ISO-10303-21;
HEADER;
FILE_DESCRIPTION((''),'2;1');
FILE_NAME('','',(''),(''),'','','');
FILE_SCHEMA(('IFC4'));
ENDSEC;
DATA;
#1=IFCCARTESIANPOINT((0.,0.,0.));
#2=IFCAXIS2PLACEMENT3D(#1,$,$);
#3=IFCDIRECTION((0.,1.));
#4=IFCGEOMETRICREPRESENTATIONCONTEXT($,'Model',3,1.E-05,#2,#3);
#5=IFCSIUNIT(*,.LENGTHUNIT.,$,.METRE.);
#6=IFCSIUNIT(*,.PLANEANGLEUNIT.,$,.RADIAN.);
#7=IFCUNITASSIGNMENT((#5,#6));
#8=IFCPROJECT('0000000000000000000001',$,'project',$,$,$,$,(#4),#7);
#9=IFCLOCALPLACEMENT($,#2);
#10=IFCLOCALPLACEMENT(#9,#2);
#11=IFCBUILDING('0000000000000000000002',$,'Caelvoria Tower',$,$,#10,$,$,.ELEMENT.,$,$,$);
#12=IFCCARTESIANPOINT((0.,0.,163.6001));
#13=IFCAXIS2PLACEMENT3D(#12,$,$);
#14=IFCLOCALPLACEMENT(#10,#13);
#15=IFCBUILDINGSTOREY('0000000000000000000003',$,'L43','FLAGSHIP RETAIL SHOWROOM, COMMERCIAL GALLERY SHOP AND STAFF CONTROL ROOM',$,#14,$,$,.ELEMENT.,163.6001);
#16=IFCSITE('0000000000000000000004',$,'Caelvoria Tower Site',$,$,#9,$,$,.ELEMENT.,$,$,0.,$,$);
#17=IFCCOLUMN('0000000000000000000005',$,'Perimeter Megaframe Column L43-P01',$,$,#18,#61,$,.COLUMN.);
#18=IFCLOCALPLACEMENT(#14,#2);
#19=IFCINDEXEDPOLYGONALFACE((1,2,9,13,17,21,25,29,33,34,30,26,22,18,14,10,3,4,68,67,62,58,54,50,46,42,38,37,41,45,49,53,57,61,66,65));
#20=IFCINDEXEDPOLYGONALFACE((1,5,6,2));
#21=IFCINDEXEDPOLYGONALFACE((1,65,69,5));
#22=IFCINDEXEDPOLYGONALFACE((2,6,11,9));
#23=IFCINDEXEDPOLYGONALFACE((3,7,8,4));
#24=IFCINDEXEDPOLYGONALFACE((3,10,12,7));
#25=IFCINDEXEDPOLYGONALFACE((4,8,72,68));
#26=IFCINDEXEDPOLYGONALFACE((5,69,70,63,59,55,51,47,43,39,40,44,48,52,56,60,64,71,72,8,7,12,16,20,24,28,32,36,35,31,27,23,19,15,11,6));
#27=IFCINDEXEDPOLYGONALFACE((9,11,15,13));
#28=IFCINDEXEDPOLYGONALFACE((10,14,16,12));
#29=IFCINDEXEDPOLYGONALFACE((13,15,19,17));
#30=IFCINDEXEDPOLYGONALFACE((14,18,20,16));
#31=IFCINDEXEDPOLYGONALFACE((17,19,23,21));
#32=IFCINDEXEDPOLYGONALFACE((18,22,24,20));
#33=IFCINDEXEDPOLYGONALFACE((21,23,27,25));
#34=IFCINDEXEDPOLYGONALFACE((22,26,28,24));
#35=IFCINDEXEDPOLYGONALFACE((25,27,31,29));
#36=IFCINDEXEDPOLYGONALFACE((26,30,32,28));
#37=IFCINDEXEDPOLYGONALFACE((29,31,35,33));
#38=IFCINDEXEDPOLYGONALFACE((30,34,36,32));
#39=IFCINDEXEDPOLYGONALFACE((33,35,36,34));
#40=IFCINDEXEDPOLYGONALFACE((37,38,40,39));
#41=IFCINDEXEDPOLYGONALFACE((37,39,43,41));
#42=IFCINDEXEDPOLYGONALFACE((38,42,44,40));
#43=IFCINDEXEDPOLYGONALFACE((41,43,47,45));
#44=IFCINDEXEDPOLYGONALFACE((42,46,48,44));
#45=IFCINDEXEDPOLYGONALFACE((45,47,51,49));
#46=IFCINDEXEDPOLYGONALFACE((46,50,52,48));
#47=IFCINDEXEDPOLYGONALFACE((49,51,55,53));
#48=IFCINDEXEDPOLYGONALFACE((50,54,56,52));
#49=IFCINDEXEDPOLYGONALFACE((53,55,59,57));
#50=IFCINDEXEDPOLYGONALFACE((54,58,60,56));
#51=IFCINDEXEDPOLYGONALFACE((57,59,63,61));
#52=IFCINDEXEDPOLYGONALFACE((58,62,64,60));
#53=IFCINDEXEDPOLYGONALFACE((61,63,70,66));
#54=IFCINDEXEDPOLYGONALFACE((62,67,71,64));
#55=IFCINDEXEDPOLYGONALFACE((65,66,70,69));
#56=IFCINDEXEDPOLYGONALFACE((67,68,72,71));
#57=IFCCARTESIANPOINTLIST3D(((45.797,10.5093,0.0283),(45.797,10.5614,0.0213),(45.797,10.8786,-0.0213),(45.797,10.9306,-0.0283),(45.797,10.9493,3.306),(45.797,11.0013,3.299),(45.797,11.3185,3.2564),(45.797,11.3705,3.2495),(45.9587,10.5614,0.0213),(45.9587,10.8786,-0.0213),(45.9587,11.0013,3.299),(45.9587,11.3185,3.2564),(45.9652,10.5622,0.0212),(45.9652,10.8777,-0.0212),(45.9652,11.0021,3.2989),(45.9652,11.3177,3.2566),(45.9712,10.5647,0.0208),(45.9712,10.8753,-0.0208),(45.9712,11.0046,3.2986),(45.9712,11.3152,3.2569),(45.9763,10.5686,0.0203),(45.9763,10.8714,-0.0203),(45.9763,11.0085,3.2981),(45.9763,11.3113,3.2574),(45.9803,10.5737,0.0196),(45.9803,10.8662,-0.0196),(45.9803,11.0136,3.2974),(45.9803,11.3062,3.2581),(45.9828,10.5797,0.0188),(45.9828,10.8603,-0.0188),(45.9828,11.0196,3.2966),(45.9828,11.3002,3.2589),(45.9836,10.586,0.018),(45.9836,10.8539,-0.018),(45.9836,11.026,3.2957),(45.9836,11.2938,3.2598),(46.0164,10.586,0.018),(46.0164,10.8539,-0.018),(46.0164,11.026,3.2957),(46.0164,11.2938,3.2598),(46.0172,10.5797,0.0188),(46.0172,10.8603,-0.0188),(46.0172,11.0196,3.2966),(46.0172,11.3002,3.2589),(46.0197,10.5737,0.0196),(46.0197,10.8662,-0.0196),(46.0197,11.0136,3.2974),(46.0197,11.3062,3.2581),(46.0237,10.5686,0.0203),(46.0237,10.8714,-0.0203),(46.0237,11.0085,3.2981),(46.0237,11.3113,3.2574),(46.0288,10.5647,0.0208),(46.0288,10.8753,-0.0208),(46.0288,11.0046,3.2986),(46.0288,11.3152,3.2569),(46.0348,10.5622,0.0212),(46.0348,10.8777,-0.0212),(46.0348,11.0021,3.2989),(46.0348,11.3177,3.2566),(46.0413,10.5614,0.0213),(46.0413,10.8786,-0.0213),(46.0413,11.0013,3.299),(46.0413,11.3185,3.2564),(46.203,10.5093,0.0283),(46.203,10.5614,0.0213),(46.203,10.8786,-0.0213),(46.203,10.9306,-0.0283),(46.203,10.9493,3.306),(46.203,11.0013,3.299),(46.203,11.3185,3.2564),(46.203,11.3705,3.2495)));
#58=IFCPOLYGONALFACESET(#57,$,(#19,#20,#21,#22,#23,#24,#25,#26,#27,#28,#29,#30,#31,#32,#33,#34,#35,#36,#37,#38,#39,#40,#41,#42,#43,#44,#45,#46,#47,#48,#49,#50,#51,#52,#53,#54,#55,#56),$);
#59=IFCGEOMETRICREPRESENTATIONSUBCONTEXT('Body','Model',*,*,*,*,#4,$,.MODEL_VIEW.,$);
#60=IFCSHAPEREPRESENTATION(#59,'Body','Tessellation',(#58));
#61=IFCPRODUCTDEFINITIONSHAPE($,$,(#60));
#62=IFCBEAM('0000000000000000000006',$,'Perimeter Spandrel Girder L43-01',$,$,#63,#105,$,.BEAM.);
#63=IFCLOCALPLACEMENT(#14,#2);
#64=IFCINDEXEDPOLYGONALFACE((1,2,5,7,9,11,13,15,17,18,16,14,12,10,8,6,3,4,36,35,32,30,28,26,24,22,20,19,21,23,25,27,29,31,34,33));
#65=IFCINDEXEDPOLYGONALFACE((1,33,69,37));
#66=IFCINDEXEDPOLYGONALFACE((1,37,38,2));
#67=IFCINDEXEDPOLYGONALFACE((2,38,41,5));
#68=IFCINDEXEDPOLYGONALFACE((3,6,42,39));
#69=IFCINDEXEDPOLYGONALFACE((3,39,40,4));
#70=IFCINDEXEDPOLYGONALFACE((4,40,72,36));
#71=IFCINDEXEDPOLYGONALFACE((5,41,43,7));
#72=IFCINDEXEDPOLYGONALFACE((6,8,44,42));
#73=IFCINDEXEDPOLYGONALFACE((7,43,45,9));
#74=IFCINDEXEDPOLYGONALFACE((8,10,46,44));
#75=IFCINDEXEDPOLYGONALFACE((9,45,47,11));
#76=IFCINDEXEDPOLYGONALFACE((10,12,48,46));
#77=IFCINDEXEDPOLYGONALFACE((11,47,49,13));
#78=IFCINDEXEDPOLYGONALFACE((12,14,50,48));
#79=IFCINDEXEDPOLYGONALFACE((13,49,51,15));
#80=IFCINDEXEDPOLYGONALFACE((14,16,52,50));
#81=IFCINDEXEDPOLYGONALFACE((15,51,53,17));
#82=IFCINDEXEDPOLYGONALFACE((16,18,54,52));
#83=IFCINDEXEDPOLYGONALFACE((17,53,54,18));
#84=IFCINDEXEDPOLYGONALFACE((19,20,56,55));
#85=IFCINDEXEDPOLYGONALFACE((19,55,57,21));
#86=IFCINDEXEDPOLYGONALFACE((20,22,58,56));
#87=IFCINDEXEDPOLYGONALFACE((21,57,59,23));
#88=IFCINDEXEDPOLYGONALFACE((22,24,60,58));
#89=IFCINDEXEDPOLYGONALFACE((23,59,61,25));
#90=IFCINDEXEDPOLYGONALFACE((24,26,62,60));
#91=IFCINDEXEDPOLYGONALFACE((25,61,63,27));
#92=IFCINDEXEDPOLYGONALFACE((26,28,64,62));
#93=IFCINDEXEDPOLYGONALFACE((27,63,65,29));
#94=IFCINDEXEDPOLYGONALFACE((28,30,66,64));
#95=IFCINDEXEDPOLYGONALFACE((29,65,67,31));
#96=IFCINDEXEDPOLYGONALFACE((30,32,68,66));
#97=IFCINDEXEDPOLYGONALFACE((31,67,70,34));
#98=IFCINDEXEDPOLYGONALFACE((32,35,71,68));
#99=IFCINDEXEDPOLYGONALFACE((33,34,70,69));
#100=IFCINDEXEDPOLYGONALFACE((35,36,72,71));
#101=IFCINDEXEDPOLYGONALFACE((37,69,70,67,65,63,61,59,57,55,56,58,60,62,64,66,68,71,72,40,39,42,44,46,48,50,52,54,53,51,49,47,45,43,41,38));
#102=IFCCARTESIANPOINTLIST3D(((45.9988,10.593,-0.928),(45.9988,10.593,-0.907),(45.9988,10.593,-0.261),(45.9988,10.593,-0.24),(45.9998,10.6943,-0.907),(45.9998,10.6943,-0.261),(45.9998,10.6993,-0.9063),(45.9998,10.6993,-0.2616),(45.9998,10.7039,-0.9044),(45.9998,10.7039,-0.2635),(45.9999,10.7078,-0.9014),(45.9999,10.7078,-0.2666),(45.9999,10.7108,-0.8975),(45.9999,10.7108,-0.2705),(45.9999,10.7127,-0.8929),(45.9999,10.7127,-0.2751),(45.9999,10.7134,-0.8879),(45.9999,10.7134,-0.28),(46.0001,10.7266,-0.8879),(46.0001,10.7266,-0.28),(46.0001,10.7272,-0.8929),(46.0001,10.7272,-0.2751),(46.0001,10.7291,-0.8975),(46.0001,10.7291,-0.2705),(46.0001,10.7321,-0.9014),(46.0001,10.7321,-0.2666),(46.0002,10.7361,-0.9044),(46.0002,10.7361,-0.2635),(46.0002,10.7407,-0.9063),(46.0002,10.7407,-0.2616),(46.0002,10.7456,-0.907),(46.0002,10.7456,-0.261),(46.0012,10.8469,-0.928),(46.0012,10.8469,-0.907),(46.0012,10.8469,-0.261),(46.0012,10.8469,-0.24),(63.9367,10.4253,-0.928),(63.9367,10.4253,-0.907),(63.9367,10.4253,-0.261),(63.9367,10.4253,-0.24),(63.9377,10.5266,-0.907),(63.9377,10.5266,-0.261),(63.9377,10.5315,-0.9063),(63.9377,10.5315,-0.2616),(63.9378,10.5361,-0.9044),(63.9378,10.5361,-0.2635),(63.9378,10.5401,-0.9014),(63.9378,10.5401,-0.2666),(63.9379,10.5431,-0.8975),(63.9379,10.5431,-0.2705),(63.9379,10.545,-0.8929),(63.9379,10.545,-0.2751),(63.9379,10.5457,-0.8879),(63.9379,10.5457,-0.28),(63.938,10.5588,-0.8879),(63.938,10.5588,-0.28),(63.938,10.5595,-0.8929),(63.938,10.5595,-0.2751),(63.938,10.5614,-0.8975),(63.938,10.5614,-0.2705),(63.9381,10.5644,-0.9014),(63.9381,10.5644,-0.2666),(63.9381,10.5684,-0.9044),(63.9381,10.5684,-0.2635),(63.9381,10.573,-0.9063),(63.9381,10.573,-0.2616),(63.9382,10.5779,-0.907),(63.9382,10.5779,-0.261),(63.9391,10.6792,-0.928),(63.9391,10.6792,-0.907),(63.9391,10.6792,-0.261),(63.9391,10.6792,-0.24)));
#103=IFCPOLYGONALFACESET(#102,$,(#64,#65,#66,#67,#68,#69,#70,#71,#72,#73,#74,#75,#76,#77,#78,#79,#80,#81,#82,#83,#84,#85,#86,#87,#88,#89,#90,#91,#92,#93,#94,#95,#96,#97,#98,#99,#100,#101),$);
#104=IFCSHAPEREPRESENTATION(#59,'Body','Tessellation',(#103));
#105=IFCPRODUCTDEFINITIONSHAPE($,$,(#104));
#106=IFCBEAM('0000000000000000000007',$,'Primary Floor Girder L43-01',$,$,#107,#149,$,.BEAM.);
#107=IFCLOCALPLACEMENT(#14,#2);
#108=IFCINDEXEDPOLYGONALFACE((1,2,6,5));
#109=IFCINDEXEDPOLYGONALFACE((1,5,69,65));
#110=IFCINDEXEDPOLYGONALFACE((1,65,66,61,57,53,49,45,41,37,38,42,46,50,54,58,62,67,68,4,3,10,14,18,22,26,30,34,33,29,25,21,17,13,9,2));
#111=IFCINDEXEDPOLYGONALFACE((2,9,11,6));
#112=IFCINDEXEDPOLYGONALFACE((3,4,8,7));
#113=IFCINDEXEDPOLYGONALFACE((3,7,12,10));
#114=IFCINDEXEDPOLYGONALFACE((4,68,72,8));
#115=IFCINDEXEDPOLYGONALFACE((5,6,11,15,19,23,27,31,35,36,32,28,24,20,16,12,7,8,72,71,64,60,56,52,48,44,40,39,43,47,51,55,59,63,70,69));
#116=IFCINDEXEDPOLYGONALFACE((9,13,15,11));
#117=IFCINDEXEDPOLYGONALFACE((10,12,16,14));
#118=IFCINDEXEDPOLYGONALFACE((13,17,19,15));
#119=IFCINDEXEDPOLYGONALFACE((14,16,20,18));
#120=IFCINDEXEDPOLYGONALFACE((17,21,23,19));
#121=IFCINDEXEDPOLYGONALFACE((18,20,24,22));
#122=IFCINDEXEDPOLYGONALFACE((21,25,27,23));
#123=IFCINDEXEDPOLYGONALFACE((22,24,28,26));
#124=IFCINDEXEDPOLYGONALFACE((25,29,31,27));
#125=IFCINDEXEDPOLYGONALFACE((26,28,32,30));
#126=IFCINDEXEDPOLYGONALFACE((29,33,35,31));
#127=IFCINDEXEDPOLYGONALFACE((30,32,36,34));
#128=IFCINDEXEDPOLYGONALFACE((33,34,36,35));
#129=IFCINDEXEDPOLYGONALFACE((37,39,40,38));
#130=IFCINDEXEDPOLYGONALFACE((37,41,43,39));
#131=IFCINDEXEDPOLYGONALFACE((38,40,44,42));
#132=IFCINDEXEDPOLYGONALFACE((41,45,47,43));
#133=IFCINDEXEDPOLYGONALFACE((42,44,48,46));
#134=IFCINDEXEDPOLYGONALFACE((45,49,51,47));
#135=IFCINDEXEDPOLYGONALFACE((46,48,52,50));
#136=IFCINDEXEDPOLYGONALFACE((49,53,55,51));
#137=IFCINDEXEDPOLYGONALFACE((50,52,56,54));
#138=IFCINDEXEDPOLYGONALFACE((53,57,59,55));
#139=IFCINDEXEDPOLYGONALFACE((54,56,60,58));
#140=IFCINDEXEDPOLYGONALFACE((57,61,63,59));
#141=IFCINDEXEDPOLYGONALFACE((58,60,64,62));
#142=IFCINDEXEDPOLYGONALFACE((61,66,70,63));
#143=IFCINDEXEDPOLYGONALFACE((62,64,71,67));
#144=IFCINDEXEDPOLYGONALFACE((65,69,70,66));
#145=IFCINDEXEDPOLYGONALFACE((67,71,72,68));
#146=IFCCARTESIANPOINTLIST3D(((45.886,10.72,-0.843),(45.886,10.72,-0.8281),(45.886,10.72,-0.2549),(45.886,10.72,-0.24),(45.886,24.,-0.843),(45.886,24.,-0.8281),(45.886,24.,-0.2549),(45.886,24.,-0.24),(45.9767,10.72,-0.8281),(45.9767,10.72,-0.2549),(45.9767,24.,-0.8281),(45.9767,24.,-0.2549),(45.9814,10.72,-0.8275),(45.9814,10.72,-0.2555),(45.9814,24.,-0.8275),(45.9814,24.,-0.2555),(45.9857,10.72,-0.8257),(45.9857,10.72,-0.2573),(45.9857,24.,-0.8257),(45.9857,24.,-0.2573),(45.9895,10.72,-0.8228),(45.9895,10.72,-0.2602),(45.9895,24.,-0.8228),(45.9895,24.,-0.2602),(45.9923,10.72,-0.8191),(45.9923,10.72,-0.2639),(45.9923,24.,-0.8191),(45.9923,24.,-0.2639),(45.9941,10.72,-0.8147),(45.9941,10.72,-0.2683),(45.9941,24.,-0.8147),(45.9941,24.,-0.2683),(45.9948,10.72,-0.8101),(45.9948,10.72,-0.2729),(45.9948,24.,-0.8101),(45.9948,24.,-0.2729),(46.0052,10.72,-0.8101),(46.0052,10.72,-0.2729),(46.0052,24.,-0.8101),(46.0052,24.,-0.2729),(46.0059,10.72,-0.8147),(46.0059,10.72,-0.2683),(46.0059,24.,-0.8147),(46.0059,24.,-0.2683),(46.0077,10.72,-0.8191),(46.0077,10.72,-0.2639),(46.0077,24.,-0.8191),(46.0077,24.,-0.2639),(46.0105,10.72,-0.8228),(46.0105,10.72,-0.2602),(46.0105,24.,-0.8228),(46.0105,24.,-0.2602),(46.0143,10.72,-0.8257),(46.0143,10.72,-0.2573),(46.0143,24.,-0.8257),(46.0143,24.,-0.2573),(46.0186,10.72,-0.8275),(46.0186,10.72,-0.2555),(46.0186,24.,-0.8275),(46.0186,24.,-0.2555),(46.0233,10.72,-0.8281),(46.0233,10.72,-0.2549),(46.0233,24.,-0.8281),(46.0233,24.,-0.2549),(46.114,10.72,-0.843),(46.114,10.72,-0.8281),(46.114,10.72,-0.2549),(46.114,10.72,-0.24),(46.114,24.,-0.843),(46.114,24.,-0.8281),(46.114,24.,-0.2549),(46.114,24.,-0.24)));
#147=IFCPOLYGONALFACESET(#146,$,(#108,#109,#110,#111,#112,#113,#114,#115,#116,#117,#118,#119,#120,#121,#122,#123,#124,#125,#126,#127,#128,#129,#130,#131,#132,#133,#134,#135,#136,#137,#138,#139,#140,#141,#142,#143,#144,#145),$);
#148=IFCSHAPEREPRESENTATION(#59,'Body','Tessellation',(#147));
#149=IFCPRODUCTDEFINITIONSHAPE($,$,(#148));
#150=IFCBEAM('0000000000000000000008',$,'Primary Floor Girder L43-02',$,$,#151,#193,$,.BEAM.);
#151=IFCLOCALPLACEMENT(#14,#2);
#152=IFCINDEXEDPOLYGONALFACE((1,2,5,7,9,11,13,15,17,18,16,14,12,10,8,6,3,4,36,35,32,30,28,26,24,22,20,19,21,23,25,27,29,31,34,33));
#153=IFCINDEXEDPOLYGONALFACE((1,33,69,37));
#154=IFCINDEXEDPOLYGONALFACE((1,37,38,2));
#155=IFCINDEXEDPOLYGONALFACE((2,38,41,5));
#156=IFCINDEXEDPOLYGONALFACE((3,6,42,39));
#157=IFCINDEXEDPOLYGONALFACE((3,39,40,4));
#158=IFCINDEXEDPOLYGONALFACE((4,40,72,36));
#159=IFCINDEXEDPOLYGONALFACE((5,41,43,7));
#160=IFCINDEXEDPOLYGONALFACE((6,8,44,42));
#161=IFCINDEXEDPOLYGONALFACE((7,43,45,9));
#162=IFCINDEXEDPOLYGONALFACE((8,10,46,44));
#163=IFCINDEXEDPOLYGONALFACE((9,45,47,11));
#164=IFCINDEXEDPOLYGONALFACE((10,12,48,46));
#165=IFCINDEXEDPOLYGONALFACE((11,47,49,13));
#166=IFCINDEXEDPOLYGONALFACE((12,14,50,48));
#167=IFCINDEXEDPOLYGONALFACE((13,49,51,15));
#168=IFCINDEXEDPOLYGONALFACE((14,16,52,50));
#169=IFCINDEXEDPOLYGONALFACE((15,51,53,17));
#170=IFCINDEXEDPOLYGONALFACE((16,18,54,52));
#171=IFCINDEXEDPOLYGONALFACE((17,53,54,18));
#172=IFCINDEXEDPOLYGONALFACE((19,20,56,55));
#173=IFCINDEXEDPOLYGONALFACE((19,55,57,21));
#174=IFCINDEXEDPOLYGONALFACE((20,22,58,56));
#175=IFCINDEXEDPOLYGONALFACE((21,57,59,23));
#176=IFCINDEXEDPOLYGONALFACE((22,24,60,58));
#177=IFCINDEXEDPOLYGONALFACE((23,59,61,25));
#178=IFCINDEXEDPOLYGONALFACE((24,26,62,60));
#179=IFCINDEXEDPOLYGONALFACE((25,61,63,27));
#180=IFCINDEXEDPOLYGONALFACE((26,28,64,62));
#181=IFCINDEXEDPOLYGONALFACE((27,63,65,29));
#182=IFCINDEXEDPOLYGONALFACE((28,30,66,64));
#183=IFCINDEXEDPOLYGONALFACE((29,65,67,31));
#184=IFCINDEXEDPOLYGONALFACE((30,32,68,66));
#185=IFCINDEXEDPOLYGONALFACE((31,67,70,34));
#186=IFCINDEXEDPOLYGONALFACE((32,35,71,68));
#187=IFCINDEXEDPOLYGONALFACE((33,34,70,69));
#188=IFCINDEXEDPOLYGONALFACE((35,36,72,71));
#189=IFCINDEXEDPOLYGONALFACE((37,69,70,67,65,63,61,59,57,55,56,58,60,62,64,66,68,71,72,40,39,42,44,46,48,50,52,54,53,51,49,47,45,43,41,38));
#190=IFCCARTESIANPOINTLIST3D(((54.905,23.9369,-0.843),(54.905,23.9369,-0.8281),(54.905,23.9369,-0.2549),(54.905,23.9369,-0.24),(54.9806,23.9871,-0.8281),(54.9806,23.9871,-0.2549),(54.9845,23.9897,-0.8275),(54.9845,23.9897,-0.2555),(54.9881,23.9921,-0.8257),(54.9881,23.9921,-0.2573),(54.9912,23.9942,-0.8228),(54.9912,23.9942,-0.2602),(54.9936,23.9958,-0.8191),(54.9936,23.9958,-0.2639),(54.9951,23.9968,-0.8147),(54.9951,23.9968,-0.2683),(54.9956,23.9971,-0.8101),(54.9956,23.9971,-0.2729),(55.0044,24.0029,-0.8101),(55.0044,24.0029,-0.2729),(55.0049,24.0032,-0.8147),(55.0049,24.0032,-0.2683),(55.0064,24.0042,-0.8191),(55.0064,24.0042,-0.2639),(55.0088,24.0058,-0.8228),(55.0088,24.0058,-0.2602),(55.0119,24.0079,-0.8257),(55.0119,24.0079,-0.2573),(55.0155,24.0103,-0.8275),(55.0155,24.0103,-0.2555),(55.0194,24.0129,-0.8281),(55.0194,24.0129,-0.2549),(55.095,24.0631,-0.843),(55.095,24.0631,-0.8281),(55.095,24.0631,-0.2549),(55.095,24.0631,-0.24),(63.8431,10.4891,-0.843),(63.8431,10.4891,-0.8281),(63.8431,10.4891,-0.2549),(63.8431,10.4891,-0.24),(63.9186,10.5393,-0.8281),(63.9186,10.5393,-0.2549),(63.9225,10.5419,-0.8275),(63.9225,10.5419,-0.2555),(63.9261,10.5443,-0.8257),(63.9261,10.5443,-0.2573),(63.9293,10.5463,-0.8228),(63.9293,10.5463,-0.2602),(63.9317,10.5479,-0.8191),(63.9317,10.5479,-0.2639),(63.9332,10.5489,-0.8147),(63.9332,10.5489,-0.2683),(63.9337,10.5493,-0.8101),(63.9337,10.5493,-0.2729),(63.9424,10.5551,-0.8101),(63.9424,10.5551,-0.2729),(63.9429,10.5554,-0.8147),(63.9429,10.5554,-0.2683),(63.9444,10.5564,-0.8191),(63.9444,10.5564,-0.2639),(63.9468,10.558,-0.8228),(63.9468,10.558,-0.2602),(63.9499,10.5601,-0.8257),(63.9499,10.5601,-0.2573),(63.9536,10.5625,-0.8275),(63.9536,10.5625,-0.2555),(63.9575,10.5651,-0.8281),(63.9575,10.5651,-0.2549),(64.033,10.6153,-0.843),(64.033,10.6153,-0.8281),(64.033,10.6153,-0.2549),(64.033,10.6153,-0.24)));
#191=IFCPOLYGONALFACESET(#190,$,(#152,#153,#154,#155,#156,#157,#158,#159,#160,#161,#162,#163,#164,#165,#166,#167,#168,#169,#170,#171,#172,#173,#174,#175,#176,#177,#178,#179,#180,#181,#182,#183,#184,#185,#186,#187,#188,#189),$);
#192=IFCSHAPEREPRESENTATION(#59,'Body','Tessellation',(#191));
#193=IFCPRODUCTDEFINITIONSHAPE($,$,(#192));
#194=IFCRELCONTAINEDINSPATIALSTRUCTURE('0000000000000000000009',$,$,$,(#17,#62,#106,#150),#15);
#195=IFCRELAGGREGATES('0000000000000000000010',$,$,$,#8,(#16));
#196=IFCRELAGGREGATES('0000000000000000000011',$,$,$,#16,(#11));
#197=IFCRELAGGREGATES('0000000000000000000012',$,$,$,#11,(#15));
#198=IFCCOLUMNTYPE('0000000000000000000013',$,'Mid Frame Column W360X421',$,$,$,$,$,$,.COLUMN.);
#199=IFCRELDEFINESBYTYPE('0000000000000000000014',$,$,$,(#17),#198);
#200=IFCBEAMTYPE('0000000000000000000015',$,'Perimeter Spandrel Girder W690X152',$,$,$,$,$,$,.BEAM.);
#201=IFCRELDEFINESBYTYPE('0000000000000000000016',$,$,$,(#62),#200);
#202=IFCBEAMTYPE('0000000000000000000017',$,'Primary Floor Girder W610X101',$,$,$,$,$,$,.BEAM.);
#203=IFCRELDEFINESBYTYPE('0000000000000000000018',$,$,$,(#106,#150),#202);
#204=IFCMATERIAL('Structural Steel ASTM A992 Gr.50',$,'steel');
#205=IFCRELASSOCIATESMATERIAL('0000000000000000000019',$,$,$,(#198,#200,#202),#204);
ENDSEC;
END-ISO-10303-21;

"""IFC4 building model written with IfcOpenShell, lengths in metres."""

from ifc_helpers import new_model, si_unit, direction, frame, origin, origin_2d, place, context, subcontext, project, spatial, i_section, extrude, material, material_profile, profile_set, type_object, element, save


model = new_model("IFC4")

# Units and contexts
model_context = context("Model", 3, precision=1e-05, world=origin(), true_north=direction((0.0, 1.0)))
body_context = subcontext(model_context, "Body", "Model", "MODEL_VIEW")
ifc_project = project(units=[si_unit("LENGTHUNIT", "METRE"), si_unit("PLANEANGLEUNIT", "RADIAN")], contexts=[model_context])

# Site, building, storey
site_placement = place(None, origin())
site = spatial("IfcSite", under=ifc_project, at=site_placement, Name="Caelvoria Tower Site", CompositionType="ELEMENT", RefElevation=0.0)
building_placement = place(site_placement, origin())
building = spatial("IfcBuilding", under=site, at=building_placement, Name="Caelvoria Tower", CompositionType="ELEMENT")
storey_placement = place(building_placement, frame((0.0, 0.0, 163.6001)))
storey = spatial("IfcBuildingStorey", under=building, at=storey_placement, Name="L43", Description="FLAGSHIP RETAIL SHOWROOM, COMMERCIAL GALLERY SHOP AND STAFF CONTROL ROOM", CompositionType="ELEMENT", Elevation=163.6001)

# Column
ifc_material_1 = material(Name="Structural Steel ASTM A992 Gr.50", Category="steel")
ifc_material_profile_1 = material_profile(ifc_material_1, i_section(OverallWidth=0.406, OverallDepth=0.425, WebThickness=0.0327, FlangeThickness=0.0525, FilletRadius=0.0249, at=origin_2d()), Name="Structural Steel ASTM A992 Gr.50")
ifc_profile_set_1 = profile_set([ifc_material_profile_1], Name="W360X421 - Structural Steel ASTM A992 Gr.50")
column_type = type_object("IfcColumnType", Name="Mid Frame Column W360X421", PredefinedType="COLUMN", material=ifc_profile_set_1)
column_placement = place(storey_placement, frame((46.0, 10.72, 0.0), z_axis=(0.0, 0.133024, 0.991113), x_axis=(-1.0, 0.0, 0.0)))
element("IfcColumn", 1, at=column_placement, inside=storey, type_object=column_type, Name="Perimeter Megaframe Column L43-P01", PredefinedType="COLUMN", context=body_context, shape_type="SweptSolid", body=[
    extrude(i_section(OverallWidth=0.406, OverallDepth=0.425, WebThickness=0.0327, FlangeThickness=0.0525, FilletRadius=0.0249, at=origin_2d()), origin(), (0.0, 0.0, 1.0), 3.3071),
])

# Beams
ifc_material_profile_2 = material_profile(ifc_material_1, i_section(OverallWidth=0.2539, OverallDepth=0.688, WebThickness=0.0132, FlangeThickness=0.021, FilletRadius=0.019, at=origin_2d()), Name="Structural Steel ASTM A992 Gr.50")
ifc_profile_set_2 = profile_set([ifc_material_profile_2], Name="W690X152 - Structural Steel ASTM A992 Gr.50")
beam_type_1 = type_object("IfcBeamType", Name="Perimeter Spandrel Girder W690X152", PredefinedType="BEAM", material=ifc_profile_set_2)
beam_1_placement = place(storey_placement, frame((46.0, 10.72, -0.584), z_axis=(0.999956, -0.00935, 0.0), x_axis=(0.00935, 0.999956, 0.0)))
element("IfcBeam", 2, at=beam_1_placement, inside=storey, type_object=beam_type_1, Name="Perimeter Spandrel Girder L43-01", PredefinedType="BEAM", context=body_context, shape_type="SweptSolid", body=[
    extrude(i_section(OverallWidth=0.2539, OverallDepth=0.688, WebThickness=0.0132, FlangeThickness=0.021, FilletRadius=0.019, at=origin_2d()), origin(), (0.0, 0.0, 1.0), 17.9387),
])
ifc_material_profile_3 = material_profile(ifc_material_1, i_section(OverallWidth=0.228, OverallDepth=0.603, WebThickness=0.0105, FlangeThickness=0.0149, FilletRadius=0.0181, at=origin_2d()), Name="Structural Steel ASTM A992 Gr.50")
ifc_profile_set_3 = profile_set([ifc_material_profile_3], Name="W610X101 - Structural Steel ASTM A992 Gr.50")
beam_type_2 = type_object("IfcBeamType", Name="Primary Floor Girder W610X101", PredefinedType="BEAM", material=ifc_profile_set_3)
beam_2_placement = place(storey_placement, frame((46.0, 24.0, -0.5415), z_axis=(0.0, -1.0, 0.0), x_axis=(1.0, 0.0, 0.0)))
element("IfcBeam", 3, at=beam_2_placement, inside=storey, type_object=beam_type_2, Name="Primary Floor Girder L43-01", PredefinedType="BEAM", context=body_context, shape_type="SweptSolid", body=[
    extrude(i_section(OverallWidth=0.228, OverallDepth=0.603, WebThickness=0.0105, FlangeThickness=0.0149, FilletRadius=0.0181, at=origin_2d()), origin(), (0.0, 0.0, 1.0), 13.28),
])
beam_3_placement = place(storey_placement, frame((55.0, 24.0, -0.5415), z_axis=(0.553534, -0.832826, 0.0), x_axis=(0.832826, 0.553534, 0.0)))
element("IfcBeam", 4, at=beam_3_placement, inside=storey, type_object=beam_type_2, Name="Primary Floor Girder L43-02", PredefinedType="BEAM", context=body_context, shape_type="SweptSolid", body=[
    extrude(i_section(OverallWidth=0.228, OverallDepth=0.603, WebThickness=0.0105, FlangeThickness=0.0149, FilletRadius=0.0181, at=origin_2d()), origin(), (0.0, 0.0, 1.0), 16.1472),
])

save(model, "model.ifc")
